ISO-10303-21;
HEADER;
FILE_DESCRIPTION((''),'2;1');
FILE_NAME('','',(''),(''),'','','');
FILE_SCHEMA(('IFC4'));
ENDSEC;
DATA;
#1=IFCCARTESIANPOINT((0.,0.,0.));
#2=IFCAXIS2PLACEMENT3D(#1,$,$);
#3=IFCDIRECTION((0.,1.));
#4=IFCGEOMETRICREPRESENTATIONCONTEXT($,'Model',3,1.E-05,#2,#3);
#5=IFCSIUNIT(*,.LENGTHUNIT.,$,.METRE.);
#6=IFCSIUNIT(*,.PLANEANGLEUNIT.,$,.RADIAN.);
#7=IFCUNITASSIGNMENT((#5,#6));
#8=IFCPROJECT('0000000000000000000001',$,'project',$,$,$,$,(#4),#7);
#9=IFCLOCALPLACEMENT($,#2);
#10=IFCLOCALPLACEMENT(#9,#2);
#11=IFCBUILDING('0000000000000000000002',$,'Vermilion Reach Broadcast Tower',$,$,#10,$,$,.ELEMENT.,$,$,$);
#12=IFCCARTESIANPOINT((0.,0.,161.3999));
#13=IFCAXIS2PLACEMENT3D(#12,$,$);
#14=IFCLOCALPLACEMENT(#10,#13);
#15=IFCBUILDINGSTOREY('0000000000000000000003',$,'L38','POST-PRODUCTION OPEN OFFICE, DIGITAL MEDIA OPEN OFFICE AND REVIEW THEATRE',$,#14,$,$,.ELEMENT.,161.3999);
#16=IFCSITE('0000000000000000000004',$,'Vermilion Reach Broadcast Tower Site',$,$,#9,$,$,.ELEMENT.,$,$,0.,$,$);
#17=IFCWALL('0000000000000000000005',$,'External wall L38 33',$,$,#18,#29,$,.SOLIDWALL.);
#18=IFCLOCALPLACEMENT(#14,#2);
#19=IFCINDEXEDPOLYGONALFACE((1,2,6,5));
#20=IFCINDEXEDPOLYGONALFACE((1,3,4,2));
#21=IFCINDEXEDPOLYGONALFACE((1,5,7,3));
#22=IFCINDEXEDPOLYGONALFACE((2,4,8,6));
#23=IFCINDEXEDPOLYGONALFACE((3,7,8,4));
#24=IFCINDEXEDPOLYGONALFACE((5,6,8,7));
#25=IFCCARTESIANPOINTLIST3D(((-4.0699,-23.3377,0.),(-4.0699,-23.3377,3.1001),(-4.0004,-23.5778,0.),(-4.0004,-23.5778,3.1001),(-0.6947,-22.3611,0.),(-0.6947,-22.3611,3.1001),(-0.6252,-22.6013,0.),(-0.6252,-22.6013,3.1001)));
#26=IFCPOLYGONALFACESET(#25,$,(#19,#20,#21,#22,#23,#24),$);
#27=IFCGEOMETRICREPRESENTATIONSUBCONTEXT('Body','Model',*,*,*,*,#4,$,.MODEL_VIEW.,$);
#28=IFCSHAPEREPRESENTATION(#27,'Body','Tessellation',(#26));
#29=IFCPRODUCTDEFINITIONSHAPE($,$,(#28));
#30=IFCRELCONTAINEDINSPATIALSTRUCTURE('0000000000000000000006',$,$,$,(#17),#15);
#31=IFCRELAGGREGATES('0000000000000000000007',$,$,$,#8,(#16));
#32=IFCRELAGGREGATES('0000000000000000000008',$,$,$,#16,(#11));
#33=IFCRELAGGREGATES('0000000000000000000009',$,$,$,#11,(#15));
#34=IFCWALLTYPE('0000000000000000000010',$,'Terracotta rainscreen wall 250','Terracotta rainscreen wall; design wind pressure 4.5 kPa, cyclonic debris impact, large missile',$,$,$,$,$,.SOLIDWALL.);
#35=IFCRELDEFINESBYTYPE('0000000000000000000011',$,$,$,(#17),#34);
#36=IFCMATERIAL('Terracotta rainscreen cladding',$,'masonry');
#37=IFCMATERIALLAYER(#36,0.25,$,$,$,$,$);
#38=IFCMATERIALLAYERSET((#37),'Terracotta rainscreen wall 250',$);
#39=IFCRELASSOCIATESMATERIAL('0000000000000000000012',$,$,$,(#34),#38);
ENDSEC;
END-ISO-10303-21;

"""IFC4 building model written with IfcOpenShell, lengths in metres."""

from ifc_helpers import new_model, si_unit, direction, frame, frame_2d, origin, place, context, subcontext, project, spatial, rectangle, extrude, material, layer, layer_set, type_object, element, save


model = new_model("IFC4")

# Units and contexts
model_context = context("Model", 3, precision=1e-05, world=origin(), true_north=direction((0.0, 1.0)))
body_context = subcontext(model_context, "Body", "Model", "MODEL_VIEW")
ifc_project = project(units=[si_unit("LENGTHUNIT", "METRE"), si_unit("PLANEANGLEUNIT", "RADIAN")], contexts=[model_context])

# Site, building, storey
site_placement = place(None, origin())
site = spatial("IfcSite", under=ifc_project, at=site_placement, Name="Vermilion Reach Broadcast Tower Site", CompositionType="ELEMENT", RefElevation=0.0)
building_placement = place(site_placement, origin())
building = spatial("IfcBuilding", under=site, at=building_placement, Name="Vermilion Reach Broadcast Tower", CompositionType="ELEMENT")
storey_placement = place(building_placement, frame((0.0, 0.0, 161.3999)))
storey = spatial("IfcBuildingStorey", under=building, at=storey_placement, Name="L38", Description="POST-PRODUCTION OPEN OFFICE, DIGITAL MEDIA OPEN OFFICE AND REVIEW THEATRE", CompositionType="ELEMENT", Elevation=161.3999)

# Wall
ifc_material_1 = material(Name="Terracotta rainscreen cladding", Category="masonry")
ifc_layer_1 = layer(ifc_material_1, 0.25)
ifc_layer_set_1 = layer_set([ifc_layer_1], Name="Terracotta rainscreen wall 250")
wall_type_1 = type_object("IfcWallType", Name="Terracotta rainscreen wall 250", Description="Terracotta rainscreen wall; design wind pressure 4.5 kPa, cyclonic debris impact, large missile", PredefinedType="SOLIDWALL", material=ifc_layer_set_1)
wall_1_placement = place(storey_placement, frame((-4.0352, -23.4578, 0.0), z_axis=(0.0, 0.0, 1.0), x_axis=(0.960601, 0.277932, 0.0)))
element("IfcWall", 1, at=wall_1_placement, inside=storey, type_object=wall_type_1, Name="External wall L38 33", PredefinedType="SOLIDWALL", context=body_context, shape_type="SweptSolid", body=[
    extrude(rectangle(XDim=3.5137, YDim=0.25, at=frame_2d((1.7568, 0.0))), origin(), (0.0, 0.0, 1.0), 3.1001),
])

save(model, "model.ifc")
